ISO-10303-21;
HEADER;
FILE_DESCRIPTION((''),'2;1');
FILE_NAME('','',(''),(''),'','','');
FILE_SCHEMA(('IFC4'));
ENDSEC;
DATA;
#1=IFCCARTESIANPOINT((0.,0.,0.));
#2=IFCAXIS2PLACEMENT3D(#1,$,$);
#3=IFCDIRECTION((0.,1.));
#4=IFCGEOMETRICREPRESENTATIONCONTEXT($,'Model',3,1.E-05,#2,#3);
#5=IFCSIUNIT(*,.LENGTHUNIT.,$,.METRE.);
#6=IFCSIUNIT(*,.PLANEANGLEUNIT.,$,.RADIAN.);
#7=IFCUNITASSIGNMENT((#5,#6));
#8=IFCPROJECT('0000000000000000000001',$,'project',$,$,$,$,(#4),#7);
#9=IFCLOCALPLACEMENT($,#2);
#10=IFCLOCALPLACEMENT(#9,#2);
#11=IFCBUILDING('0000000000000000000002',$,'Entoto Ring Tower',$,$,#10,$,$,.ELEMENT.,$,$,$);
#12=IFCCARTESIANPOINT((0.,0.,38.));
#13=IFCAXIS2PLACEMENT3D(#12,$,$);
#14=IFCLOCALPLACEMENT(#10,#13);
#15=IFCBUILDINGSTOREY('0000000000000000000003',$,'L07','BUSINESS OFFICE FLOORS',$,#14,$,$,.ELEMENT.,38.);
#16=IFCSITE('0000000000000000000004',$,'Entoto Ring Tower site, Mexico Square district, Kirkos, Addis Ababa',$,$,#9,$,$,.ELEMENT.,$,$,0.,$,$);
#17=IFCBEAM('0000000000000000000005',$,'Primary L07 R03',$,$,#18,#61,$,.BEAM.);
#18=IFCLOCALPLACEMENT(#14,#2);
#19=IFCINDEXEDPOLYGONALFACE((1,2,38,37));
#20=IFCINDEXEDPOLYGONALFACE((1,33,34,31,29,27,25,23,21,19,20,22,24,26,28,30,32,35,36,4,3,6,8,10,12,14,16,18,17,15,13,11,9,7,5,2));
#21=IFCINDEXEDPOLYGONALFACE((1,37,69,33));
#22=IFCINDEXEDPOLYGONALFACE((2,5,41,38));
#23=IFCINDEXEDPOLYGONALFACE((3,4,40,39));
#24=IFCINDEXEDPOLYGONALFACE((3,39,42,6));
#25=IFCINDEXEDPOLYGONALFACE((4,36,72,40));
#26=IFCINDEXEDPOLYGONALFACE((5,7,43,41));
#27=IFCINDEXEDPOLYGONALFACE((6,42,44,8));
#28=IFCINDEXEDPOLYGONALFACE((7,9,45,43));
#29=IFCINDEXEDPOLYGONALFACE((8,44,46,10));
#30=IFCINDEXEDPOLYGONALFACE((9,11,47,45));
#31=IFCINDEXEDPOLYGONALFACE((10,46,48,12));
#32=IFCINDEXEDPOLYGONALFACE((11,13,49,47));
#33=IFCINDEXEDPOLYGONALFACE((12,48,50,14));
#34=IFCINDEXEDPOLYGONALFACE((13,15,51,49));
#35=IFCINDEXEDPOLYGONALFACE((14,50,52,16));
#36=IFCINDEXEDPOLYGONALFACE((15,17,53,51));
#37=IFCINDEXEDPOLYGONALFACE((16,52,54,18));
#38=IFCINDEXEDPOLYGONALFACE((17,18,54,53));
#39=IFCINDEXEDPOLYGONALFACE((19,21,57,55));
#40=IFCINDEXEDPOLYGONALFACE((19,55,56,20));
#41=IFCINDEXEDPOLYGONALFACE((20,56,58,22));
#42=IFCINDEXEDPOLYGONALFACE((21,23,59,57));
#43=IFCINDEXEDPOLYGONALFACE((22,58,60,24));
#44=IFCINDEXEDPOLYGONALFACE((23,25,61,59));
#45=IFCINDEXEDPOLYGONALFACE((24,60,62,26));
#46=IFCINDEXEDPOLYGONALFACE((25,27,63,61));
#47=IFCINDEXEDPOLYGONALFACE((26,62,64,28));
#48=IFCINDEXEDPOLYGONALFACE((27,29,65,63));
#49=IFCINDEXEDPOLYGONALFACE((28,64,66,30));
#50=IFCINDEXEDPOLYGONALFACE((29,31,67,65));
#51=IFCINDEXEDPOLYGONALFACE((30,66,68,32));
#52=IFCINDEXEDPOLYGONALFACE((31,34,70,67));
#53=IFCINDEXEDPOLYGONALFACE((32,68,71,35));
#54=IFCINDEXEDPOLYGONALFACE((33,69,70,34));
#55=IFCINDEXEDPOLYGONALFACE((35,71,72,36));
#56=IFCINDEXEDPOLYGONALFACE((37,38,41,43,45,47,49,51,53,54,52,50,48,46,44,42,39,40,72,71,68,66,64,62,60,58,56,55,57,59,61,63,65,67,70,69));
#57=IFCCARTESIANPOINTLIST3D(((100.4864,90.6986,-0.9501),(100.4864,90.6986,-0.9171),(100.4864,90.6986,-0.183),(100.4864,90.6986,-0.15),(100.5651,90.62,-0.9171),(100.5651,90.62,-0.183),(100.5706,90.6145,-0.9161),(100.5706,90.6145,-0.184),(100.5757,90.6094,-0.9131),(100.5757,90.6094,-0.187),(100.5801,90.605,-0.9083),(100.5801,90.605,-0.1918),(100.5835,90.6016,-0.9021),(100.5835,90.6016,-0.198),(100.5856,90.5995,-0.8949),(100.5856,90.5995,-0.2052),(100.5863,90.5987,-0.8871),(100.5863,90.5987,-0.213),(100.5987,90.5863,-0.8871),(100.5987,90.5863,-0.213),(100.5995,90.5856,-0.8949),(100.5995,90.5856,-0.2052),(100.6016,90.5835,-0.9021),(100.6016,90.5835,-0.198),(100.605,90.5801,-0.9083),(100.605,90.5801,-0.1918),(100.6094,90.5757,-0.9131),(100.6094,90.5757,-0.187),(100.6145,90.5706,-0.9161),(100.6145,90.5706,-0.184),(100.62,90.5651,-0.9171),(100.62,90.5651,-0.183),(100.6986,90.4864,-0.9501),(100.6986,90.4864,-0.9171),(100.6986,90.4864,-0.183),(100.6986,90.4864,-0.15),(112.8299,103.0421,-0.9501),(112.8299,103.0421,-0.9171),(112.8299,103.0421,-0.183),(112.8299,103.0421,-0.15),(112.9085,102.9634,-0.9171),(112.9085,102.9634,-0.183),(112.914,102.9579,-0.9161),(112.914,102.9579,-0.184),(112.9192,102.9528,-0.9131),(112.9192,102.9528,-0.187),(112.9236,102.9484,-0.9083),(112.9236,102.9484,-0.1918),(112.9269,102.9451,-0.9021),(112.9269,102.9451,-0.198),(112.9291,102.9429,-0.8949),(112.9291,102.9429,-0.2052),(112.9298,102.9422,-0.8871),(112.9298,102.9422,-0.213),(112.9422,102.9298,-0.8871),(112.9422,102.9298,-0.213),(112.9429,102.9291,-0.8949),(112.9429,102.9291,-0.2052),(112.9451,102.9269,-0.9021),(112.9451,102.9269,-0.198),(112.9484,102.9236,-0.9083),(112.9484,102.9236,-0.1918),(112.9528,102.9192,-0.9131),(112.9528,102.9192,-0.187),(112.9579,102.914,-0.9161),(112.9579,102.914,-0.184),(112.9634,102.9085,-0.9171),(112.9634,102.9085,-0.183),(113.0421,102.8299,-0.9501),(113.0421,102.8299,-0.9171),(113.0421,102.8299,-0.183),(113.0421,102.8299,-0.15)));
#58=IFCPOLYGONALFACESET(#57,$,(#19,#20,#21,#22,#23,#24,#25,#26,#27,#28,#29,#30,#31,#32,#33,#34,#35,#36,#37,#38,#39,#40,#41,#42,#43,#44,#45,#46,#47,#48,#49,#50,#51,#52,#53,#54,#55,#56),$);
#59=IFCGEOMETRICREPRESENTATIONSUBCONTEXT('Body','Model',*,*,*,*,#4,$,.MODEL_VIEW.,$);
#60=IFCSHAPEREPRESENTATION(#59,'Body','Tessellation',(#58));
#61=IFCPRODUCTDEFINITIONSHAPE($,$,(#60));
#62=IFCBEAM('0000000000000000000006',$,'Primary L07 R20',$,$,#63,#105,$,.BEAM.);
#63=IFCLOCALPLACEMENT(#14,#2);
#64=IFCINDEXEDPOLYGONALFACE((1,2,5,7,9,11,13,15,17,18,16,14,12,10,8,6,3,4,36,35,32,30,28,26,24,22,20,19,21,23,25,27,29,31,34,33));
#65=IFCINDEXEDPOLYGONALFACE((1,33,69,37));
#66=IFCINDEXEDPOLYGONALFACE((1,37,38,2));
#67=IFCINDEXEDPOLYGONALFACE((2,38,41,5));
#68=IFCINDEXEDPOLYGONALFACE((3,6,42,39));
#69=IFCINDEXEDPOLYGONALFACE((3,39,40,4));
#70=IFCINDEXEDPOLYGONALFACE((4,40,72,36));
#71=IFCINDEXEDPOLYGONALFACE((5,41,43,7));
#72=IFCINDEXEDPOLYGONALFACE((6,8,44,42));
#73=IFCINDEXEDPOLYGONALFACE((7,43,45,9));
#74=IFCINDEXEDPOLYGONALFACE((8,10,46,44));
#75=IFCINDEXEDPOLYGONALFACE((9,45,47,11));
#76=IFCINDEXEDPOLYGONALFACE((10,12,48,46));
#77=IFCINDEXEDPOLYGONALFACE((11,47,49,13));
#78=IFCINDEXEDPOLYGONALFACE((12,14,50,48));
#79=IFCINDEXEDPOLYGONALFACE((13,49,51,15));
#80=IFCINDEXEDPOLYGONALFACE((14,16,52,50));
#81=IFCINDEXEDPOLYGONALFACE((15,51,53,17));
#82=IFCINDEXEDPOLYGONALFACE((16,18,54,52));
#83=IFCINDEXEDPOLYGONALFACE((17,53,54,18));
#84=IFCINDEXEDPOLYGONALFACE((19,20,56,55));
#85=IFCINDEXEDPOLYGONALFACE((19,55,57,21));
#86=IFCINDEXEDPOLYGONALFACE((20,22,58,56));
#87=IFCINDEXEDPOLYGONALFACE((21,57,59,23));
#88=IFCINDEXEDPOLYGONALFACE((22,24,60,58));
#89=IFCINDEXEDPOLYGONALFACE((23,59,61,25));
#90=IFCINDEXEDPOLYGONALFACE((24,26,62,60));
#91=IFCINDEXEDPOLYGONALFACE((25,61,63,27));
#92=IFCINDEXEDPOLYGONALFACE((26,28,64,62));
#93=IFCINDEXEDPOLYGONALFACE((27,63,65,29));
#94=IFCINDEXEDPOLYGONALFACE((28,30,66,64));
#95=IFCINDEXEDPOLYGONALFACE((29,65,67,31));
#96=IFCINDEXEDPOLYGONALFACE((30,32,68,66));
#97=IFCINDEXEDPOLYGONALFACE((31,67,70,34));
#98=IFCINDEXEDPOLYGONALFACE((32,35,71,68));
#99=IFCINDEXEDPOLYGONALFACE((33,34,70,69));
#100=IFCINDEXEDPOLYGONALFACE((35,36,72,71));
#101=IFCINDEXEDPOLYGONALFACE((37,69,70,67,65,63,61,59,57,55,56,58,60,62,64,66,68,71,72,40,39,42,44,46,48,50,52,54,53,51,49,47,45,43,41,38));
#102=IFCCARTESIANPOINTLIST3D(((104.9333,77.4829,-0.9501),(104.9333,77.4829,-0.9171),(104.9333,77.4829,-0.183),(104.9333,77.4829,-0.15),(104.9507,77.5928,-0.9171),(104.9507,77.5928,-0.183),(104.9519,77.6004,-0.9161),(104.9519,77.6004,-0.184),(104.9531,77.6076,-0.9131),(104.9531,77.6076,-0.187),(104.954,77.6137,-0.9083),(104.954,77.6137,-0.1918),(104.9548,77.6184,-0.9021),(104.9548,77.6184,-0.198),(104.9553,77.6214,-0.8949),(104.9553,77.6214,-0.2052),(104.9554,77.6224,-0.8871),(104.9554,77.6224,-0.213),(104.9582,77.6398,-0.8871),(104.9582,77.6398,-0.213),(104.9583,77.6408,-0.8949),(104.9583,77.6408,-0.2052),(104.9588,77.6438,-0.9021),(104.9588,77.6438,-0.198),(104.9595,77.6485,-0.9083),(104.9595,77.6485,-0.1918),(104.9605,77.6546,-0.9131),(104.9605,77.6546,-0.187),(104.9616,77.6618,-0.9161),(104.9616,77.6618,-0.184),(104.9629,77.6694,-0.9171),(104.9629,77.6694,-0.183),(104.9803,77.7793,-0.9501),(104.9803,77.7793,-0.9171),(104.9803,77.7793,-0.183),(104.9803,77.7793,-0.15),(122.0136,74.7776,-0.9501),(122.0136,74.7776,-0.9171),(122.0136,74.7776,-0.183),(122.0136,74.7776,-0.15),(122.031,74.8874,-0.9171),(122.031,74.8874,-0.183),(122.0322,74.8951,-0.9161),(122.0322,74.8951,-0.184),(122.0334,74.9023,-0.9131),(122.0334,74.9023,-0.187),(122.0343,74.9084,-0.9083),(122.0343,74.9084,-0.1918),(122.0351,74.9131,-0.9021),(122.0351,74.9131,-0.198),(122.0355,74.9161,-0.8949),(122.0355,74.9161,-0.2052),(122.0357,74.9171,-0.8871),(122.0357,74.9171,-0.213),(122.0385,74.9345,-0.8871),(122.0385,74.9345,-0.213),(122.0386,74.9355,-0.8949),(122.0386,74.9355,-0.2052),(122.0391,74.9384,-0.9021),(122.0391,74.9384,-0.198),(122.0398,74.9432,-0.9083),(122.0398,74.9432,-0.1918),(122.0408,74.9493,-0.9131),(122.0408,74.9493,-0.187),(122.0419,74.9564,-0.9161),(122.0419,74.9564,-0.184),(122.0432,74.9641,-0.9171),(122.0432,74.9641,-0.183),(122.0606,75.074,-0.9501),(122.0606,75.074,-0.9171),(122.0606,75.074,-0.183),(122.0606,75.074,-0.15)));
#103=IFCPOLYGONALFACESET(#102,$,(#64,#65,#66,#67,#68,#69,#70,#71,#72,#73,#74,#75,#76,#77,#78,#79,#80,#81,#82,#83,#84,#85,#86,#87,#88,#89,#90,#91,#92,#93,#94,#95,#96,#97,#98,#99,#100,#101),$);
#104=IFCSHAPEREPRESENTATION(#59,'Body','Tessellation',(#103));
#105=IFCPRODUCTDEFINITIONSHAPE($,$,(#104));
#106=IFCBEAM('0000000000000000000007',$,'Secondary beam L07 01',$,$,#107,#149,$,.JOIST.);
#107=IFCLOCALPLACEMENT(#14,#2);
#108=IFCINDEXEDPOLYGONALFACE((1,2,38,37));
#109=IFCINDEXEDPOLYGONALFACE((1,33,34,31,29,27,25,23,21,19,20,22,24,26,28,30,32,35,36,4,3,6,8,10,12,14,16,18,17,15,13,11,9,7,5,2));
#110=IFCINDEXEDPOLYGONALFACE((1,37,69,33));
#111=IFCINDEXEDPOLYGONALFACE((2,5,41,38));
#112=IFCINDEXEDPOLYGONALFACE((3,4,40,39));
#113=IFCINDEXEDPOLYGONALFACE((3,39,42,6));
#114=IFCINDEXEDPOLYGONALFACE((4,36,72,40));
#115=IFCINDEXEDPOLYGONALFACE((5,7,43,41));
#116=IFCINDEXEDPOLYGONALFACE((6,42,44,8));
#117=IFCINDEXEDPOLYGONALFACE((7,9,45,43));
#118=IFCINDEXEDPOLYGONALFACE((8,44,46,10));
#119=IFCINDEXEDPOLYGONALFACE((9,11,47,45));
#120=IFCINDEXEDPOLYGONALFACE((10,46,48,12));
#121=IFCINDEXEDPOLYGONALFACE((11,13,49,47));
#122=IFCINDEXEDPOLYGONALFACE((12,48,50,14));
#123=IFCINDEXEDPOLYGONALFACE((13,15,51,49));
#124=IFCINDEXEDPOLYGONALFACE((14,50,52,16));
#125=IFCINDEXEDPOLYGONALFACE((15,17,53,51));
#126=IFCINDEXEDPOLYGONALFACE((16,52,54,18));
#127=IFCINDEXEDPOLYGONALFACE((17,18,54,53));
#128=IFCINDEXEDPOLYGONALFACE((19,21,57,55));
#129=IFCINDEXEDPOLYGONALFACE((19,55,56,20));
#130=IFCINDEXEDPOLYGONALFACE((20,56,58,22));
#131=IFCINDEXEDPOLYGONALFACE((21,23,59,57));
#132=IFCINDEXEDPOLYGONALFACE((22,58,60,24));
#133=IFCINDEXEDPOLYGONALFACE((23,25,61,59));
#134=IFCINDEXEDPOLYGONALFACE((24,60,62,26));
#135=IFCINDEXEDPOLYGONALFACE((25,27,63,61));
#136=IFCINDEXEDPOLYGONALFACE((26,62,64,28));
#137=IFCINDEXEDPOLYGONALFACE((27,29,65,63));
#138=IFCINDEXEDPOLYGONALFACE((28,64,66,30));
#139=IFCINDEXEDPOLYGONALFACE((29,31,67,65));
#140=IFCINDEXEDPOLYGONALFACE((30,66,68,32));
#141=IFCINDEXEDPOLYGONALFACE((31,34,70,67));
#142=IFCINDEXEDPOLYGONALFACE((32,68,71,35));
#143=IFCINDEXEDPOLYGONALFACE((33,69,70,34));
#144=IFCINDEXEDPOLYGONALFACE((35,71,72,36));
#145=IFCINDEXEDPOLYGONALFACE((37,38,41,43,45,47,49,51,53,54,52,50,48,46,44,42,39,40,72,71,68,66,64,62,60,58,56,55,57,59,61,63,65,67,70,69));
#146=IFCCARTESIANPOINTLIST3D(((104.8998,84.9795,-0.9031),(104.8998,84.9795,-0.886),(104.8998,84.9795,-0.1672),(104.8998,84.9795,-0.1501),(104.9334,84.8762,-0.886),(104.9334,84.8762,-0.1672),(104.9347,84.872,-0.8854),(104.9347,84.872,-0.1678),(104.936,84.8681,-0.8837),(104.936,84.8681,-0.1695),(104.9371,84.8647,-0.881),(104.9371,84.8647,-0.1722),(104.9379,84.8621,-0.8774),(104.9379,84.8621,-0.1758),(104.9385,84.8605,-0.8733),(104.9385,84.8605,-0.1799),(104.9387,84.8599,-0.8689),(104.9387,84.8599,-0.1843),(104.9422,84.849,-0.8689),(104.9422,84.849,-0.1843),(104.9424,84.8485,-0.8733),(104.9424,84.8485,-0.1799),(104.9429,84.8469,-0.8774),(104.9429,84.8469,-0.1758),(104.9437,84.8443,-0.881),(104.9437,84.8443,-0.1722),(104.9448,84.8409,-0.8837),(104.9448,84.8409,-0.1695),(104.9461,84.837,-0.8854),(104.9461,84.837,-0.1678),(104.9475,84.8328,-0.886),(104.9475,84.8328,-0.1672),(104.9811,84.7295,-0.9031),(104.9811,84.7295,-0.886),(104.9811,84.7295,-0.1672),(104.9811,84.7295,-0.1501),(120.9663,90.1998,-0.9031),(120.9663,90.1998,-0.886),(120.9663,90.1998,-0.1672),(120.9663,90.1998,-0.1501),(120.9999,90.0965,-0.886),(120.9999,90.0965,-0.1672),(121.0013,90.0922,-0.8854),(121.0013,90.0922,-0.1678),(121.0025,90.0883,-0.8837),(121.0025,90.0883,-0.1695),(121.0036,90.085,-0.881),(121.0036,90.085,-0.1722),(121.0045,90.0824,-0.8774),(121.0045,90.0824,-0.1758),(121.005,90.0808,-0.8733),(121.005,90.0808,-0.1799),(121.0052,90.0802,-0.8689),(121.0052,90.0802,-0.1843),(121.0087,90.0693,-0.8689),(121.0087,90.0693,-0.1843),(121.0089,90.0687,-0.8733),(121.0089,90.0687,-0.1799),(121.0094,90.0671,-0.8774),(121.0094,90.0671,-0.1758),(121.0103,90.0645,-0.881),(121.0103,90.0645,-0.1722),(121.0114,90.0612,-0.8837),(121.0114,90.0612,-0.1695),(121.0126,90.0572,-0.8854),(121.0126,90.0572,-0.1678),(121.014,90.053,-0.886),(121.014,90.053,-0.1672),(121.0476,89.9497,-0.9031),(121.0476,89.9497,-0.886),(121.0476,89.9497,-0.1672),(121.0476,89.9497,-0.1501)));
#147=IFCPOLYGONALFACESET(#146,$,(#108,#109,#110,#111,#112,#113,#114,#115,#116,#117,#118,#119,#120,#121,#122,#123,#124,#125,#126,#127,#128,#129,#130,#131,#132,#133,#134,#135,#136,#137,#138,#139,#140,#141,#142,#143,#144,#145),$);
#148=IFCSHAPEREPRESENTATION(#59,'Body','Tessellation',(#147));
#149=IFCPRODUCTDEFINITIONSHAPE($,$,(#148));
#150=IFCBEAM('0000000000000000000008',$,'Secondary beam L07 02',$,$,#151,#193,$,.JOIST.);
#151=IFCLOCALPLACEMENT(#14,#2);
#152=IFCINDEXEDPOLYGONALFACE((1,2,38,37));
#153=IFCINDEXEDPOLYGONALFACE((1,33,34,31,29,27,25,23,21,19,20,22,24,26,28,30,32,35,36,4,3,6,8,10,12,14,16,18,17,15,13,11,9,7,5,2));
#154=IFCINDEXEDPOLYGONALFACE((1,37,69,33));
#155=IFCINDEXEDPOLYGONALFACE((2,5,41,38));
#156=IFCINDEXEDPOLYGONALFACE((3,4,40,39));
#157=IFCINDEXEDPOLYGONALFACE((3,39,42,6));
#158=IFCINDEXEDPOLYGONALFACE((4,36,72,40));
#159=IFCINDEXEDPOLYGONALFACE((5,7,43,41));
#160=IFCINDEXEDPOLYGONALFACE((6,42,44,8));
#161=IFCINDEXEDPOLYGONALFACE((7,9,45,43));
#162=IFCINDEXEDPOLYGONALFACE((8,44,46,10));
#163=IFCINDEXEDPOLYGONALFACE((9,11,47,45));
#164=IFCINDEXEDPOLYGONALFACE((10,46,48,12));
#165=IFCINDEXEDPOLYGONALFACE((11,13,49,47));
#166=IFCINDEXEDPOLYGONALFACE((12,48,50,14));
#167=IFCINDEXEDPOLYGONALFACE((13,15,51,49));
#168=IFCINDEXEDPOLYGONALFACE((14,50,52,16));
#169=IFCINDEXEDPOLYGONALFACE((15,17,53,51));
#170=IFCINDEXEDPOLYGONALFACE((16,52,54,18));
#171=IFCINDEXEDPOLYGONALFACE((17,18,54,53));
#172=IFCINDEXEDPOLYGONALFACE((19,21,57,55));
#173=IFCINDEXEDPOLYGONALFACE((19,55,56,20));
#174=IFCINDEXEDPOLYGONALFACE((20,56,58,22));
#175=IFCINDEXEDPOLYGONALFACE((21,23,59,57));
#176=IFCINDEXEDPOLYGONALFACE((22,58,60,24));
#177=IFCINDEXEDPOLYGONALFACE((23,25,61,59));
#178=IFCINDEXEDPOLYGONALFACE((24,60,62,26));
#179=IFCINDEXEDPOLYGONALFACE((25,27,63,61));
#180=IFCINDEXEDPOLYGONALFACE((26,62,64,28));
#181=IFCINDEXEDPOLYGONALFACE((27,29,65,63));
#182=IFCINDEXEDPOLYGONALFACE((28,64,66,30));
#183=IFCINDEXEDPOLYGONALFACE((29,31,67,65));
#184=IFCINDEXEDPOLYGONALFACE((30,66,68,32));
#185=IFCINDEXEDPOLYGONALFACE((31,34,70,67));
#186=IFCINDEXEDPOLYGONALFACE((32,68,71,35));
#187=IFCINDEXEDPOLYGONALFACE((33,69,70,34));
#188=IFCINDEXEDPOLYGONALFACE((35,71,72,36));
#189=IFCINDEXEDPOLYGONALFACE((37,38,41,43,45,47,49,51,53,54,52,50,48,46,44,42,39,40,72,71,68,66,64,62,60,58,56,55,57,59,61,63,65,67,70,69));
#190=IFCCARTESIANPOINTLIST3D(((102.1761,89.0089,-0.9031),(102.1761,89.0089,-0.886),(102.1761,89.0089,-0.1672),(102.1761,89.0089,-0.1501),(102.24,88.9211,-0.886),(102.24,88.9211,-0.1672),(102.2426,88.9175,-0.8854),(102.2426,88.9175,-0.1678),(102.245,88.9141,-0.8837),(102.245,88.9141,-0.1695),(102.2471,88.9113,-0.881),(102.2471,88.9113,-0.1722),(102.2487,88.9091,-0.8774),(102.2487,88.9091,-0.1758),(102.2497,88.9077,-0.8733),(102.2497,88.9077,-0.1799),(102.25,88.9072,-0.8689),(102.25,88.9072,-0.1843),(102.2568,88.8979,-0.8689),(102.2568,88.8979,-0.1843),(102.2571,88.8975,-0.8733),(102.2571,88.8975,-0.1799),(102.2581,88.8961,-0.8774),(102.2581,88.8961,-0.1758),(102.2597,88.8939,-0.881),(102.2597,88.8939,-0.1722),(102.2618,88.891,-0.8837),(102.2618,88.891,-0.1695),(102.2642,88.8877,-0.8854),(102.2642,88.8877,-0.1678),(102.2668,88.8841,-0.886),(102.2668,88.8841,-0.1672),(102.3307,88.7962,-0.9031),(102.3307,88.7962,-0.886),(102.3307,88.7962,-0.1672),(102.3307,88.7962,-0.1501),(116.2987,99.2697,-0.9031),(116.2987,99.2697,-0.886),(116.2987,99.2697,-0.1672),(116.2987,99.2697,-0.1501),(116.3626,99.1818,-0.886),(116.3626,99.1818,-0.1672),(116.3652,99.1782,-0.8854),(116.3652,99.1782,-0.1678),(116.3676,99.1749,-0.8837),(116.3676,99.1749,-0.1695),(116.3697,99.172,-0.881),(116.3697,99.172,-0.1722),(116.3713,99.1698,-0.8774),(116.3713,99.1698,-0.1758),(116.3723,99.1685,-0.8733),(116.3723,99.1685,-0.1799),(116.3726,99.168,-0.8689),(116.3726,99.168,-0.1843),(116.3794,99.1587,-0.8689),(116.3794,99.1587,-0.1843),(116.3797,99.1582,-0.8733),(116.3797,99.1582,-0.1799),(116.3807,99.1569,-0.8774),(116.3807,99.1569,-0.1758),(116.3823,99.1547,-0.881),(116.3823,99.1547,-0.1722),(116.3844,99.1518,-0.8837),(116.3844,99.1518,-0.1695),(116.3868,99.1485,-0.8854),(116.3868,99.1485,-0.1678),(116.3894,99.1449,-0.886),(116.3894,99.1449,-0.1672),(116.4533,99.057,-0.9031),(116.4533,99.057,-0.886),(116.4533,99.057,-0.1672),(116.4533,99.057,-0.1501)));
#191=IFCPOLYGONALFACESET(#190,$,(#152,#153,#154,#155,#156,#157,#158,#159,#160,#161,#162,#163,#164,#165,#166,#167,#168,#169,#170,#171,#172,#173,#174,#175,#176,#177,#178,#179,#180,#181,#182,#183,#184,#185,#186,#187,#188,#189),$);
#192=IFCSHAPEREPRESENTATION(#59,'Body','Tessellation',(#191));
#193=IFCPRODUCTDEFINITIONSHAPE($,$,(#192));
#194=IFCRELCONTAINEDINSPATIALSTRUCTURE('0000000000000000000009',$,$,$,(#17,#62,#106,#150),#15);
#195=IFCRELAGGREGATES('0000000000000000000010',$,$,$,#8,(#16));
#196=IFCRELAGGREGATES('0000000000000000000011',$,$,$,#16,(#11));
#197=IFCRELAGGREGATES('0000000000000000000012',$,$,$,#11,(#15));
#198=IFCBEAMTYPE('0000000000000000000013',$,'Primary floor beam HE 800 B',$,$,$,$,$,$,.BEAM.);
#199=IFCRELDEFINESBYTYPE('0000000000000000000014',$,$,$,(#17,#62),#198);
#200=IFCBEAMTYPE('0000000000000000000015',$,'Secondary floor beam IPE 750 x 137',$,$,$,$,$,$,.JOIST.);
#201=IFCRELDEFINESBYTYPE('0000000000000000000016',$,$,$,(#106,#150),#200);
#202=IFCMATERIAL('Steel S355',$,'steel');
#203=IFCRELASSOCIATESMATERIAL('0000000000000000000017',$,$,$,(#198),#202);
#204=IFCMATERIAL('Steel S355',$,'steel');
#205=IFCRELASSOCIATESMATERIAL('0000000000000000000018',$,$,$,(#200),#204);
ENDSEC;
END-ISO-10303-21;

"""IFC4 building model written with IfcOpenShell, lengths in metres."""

from ifc_helpers import new_model, si_unit, direction, frame, origin, origin_2d, place, context, subcontext, project, spatial, i_section, extrude, material, material_profile, profile_set, type_object, element, save


model = new_model("IFC4")

# Units and contexts
model_context = context("Model", 3, precision=1e-05, world=origin(), true_north=direction((0.0, 1.0)))
body_context = subcontext(model_context, "Body", "Model", "MODEL_VIEW")
ifc_project = project(units=[si_unit("LENGTHUNIT", "METRE"), si_unit("PLANEANGLEUNIT", "RADIAN")], contexts=[model_context])

# Site, building, storey
site_placement = place(None, origin())
site = spatial("IfcSite", under=ifc_project, at=site_placement, Name="Entoto Ring Tower site, Mexico Square district, Kirkos, Addis Ababa", CompositionType="ELEMENT", RefElevation=0.0)
building_placement = place(site_placement, origin())
building = spatial("IfcBuilding", under=site, at=building_placement, Name="Entoto Ring Tower", CompositionType="ELEMENT")
storey_placement = place(building_placement, frame((0.0, 0.0, 38.0)))
storey = spatial("IfcBuildingStorey", under=building, at=storey_placement, Name="L07", Description="BUSINESS OFFICE FLOORS", CompositionType="ELEMENT", Elevation=38.0)

# Beams
ifc_material_1 = material(Name="Steel S355", Category="steel")
ifc_material_profile_1 = material_profile(ifc_material_1, i_section(OverallWidth=0.3, OverallDepth=0.8, WebThickness=0.0176, FlangeThickness=0.033, FilletRadius=0.03, at=origin_2d()), Name="HE 800 B")
ifc_profile_set_1 = profile_set([ifc_material_profile_1], Name="Steel S355")
beam_type_1 = type_object("IfcBeamType", Name="Primary floor beam HE 800 B", PredefinedType="BEAM", material=ifc_profile_set_1)
beam_1_placement = place(storey_placement, frame((100.5925, 90.5925, -0.55), z_axis=(0.707107, 0.707107, 0.0), x_axis=(-0.707107, 0.707107, 0.0)))
element("IfcBeam", 1, at=beam_1_placement, inside=storey, type_object=beam_type_1, Name="Primary L07 R03", PredefinedType="BEAM", context=body_context, shape_type="SweptSolid", body=[
    extrude(i_section(OverallWidth=0.3, OverallDepth=0.8, WebThickness=0.0176, FlangeThickness=0.033, FilletRadius=0.03, at=origin_2d()), origin(), (0.0, 0.0, 1.0), 17.4563),
])
beam_2_placement = place(storey_placement, frame((104.9568, 77.6311, -0.55), z_axis=(0.987688, -0.156438, 0.0), x_axis=(0.156438, 0.987688, 0.0)))
element("IfcBeam", 2, at=beam_2_placement, inside=storey, type_object=beam_type_1, Name="Primary L07 R20", PredefinedType="BEAM", context=body_context, shape_type="SweptSolid", body=[
    extrude(i_section(OverallWidth=0.3, OverallDepth=0.8, WebThickness=0.0176, FlangeThickness=0.033, FilletRadius=0.03, at=origin_2d()), origin(), (0.0, 0.0, 1.0), 17.2932),
])
ifc_material_2 = material(Name="Steel S355", Category="steel")
ifc_material_profile_2 = material_profile(ifc_material_2, i_section(OverallWidth=0.2629, OverallDepth=0.7529, WebThickness=0.0115, FlangeThickness=0.0171, FilletRadius=0.0171, at=origin_2d()), Name="IPE 750 x 137")
ifc_profile_set_2 = profile_set([ifc_material_profile_2], Name="Steel S355")
beam_type_2 = type_object("IfcBeamType", Name="Secondary floor beam IPE 750 x 137", PredefinedType="JOIST", material=ifc_profile_set_2)
beam_3_placement = place(storey_placement, frame((104.9404, 84.8545, -0.5266), z_axis=(0.951058, 0.309013, 0.0), x_axis=(-0.309013, 0.951058, 0.0)))
element("IfcBeam", 3, at=beam_3_placement, inside=storey, type_object=beam_type_2, Name="Secondary beam L07 01", PredefinedType="JOIST", context=body_context, shape_type="SweptSolid", body=[
    extrude(i_section(OverallWidth=0.2629, OverallDepth=0.7529, WebThickness=0.0115, FlangeThickness=0.0171, FilletRadius=0.0171, at=origin_2d()), origin(), (0.0, 0.0, 1.0), 16.8933),
])
beam_4_placement = place(storey_placement, frame((102.2534, 88.9026, -0.5266), z_axis=(0.809014, 0.587789, 0.0), x_axis=(-0.587789, 0.809014, 0.0)))
element("IfcBeam", 4, at=beam_4_placement, inside=storey, type_object=beam_type_2, Name="Secondary beam L07 02", PredefinedType="JOIST", context=body_context, shape_type="SweptSolid", body=[
    extrude(i_section(OverallWidth=0.2629, OverallDepth=0.7529, WebThickness=0.0115, FlangeThickness=0.0171, FilletRadius=0.0171, at=origin_2d()), origin(), (0.0, 0.0, 1.0), 17.4565),
])

save(model, "model.ifc")
